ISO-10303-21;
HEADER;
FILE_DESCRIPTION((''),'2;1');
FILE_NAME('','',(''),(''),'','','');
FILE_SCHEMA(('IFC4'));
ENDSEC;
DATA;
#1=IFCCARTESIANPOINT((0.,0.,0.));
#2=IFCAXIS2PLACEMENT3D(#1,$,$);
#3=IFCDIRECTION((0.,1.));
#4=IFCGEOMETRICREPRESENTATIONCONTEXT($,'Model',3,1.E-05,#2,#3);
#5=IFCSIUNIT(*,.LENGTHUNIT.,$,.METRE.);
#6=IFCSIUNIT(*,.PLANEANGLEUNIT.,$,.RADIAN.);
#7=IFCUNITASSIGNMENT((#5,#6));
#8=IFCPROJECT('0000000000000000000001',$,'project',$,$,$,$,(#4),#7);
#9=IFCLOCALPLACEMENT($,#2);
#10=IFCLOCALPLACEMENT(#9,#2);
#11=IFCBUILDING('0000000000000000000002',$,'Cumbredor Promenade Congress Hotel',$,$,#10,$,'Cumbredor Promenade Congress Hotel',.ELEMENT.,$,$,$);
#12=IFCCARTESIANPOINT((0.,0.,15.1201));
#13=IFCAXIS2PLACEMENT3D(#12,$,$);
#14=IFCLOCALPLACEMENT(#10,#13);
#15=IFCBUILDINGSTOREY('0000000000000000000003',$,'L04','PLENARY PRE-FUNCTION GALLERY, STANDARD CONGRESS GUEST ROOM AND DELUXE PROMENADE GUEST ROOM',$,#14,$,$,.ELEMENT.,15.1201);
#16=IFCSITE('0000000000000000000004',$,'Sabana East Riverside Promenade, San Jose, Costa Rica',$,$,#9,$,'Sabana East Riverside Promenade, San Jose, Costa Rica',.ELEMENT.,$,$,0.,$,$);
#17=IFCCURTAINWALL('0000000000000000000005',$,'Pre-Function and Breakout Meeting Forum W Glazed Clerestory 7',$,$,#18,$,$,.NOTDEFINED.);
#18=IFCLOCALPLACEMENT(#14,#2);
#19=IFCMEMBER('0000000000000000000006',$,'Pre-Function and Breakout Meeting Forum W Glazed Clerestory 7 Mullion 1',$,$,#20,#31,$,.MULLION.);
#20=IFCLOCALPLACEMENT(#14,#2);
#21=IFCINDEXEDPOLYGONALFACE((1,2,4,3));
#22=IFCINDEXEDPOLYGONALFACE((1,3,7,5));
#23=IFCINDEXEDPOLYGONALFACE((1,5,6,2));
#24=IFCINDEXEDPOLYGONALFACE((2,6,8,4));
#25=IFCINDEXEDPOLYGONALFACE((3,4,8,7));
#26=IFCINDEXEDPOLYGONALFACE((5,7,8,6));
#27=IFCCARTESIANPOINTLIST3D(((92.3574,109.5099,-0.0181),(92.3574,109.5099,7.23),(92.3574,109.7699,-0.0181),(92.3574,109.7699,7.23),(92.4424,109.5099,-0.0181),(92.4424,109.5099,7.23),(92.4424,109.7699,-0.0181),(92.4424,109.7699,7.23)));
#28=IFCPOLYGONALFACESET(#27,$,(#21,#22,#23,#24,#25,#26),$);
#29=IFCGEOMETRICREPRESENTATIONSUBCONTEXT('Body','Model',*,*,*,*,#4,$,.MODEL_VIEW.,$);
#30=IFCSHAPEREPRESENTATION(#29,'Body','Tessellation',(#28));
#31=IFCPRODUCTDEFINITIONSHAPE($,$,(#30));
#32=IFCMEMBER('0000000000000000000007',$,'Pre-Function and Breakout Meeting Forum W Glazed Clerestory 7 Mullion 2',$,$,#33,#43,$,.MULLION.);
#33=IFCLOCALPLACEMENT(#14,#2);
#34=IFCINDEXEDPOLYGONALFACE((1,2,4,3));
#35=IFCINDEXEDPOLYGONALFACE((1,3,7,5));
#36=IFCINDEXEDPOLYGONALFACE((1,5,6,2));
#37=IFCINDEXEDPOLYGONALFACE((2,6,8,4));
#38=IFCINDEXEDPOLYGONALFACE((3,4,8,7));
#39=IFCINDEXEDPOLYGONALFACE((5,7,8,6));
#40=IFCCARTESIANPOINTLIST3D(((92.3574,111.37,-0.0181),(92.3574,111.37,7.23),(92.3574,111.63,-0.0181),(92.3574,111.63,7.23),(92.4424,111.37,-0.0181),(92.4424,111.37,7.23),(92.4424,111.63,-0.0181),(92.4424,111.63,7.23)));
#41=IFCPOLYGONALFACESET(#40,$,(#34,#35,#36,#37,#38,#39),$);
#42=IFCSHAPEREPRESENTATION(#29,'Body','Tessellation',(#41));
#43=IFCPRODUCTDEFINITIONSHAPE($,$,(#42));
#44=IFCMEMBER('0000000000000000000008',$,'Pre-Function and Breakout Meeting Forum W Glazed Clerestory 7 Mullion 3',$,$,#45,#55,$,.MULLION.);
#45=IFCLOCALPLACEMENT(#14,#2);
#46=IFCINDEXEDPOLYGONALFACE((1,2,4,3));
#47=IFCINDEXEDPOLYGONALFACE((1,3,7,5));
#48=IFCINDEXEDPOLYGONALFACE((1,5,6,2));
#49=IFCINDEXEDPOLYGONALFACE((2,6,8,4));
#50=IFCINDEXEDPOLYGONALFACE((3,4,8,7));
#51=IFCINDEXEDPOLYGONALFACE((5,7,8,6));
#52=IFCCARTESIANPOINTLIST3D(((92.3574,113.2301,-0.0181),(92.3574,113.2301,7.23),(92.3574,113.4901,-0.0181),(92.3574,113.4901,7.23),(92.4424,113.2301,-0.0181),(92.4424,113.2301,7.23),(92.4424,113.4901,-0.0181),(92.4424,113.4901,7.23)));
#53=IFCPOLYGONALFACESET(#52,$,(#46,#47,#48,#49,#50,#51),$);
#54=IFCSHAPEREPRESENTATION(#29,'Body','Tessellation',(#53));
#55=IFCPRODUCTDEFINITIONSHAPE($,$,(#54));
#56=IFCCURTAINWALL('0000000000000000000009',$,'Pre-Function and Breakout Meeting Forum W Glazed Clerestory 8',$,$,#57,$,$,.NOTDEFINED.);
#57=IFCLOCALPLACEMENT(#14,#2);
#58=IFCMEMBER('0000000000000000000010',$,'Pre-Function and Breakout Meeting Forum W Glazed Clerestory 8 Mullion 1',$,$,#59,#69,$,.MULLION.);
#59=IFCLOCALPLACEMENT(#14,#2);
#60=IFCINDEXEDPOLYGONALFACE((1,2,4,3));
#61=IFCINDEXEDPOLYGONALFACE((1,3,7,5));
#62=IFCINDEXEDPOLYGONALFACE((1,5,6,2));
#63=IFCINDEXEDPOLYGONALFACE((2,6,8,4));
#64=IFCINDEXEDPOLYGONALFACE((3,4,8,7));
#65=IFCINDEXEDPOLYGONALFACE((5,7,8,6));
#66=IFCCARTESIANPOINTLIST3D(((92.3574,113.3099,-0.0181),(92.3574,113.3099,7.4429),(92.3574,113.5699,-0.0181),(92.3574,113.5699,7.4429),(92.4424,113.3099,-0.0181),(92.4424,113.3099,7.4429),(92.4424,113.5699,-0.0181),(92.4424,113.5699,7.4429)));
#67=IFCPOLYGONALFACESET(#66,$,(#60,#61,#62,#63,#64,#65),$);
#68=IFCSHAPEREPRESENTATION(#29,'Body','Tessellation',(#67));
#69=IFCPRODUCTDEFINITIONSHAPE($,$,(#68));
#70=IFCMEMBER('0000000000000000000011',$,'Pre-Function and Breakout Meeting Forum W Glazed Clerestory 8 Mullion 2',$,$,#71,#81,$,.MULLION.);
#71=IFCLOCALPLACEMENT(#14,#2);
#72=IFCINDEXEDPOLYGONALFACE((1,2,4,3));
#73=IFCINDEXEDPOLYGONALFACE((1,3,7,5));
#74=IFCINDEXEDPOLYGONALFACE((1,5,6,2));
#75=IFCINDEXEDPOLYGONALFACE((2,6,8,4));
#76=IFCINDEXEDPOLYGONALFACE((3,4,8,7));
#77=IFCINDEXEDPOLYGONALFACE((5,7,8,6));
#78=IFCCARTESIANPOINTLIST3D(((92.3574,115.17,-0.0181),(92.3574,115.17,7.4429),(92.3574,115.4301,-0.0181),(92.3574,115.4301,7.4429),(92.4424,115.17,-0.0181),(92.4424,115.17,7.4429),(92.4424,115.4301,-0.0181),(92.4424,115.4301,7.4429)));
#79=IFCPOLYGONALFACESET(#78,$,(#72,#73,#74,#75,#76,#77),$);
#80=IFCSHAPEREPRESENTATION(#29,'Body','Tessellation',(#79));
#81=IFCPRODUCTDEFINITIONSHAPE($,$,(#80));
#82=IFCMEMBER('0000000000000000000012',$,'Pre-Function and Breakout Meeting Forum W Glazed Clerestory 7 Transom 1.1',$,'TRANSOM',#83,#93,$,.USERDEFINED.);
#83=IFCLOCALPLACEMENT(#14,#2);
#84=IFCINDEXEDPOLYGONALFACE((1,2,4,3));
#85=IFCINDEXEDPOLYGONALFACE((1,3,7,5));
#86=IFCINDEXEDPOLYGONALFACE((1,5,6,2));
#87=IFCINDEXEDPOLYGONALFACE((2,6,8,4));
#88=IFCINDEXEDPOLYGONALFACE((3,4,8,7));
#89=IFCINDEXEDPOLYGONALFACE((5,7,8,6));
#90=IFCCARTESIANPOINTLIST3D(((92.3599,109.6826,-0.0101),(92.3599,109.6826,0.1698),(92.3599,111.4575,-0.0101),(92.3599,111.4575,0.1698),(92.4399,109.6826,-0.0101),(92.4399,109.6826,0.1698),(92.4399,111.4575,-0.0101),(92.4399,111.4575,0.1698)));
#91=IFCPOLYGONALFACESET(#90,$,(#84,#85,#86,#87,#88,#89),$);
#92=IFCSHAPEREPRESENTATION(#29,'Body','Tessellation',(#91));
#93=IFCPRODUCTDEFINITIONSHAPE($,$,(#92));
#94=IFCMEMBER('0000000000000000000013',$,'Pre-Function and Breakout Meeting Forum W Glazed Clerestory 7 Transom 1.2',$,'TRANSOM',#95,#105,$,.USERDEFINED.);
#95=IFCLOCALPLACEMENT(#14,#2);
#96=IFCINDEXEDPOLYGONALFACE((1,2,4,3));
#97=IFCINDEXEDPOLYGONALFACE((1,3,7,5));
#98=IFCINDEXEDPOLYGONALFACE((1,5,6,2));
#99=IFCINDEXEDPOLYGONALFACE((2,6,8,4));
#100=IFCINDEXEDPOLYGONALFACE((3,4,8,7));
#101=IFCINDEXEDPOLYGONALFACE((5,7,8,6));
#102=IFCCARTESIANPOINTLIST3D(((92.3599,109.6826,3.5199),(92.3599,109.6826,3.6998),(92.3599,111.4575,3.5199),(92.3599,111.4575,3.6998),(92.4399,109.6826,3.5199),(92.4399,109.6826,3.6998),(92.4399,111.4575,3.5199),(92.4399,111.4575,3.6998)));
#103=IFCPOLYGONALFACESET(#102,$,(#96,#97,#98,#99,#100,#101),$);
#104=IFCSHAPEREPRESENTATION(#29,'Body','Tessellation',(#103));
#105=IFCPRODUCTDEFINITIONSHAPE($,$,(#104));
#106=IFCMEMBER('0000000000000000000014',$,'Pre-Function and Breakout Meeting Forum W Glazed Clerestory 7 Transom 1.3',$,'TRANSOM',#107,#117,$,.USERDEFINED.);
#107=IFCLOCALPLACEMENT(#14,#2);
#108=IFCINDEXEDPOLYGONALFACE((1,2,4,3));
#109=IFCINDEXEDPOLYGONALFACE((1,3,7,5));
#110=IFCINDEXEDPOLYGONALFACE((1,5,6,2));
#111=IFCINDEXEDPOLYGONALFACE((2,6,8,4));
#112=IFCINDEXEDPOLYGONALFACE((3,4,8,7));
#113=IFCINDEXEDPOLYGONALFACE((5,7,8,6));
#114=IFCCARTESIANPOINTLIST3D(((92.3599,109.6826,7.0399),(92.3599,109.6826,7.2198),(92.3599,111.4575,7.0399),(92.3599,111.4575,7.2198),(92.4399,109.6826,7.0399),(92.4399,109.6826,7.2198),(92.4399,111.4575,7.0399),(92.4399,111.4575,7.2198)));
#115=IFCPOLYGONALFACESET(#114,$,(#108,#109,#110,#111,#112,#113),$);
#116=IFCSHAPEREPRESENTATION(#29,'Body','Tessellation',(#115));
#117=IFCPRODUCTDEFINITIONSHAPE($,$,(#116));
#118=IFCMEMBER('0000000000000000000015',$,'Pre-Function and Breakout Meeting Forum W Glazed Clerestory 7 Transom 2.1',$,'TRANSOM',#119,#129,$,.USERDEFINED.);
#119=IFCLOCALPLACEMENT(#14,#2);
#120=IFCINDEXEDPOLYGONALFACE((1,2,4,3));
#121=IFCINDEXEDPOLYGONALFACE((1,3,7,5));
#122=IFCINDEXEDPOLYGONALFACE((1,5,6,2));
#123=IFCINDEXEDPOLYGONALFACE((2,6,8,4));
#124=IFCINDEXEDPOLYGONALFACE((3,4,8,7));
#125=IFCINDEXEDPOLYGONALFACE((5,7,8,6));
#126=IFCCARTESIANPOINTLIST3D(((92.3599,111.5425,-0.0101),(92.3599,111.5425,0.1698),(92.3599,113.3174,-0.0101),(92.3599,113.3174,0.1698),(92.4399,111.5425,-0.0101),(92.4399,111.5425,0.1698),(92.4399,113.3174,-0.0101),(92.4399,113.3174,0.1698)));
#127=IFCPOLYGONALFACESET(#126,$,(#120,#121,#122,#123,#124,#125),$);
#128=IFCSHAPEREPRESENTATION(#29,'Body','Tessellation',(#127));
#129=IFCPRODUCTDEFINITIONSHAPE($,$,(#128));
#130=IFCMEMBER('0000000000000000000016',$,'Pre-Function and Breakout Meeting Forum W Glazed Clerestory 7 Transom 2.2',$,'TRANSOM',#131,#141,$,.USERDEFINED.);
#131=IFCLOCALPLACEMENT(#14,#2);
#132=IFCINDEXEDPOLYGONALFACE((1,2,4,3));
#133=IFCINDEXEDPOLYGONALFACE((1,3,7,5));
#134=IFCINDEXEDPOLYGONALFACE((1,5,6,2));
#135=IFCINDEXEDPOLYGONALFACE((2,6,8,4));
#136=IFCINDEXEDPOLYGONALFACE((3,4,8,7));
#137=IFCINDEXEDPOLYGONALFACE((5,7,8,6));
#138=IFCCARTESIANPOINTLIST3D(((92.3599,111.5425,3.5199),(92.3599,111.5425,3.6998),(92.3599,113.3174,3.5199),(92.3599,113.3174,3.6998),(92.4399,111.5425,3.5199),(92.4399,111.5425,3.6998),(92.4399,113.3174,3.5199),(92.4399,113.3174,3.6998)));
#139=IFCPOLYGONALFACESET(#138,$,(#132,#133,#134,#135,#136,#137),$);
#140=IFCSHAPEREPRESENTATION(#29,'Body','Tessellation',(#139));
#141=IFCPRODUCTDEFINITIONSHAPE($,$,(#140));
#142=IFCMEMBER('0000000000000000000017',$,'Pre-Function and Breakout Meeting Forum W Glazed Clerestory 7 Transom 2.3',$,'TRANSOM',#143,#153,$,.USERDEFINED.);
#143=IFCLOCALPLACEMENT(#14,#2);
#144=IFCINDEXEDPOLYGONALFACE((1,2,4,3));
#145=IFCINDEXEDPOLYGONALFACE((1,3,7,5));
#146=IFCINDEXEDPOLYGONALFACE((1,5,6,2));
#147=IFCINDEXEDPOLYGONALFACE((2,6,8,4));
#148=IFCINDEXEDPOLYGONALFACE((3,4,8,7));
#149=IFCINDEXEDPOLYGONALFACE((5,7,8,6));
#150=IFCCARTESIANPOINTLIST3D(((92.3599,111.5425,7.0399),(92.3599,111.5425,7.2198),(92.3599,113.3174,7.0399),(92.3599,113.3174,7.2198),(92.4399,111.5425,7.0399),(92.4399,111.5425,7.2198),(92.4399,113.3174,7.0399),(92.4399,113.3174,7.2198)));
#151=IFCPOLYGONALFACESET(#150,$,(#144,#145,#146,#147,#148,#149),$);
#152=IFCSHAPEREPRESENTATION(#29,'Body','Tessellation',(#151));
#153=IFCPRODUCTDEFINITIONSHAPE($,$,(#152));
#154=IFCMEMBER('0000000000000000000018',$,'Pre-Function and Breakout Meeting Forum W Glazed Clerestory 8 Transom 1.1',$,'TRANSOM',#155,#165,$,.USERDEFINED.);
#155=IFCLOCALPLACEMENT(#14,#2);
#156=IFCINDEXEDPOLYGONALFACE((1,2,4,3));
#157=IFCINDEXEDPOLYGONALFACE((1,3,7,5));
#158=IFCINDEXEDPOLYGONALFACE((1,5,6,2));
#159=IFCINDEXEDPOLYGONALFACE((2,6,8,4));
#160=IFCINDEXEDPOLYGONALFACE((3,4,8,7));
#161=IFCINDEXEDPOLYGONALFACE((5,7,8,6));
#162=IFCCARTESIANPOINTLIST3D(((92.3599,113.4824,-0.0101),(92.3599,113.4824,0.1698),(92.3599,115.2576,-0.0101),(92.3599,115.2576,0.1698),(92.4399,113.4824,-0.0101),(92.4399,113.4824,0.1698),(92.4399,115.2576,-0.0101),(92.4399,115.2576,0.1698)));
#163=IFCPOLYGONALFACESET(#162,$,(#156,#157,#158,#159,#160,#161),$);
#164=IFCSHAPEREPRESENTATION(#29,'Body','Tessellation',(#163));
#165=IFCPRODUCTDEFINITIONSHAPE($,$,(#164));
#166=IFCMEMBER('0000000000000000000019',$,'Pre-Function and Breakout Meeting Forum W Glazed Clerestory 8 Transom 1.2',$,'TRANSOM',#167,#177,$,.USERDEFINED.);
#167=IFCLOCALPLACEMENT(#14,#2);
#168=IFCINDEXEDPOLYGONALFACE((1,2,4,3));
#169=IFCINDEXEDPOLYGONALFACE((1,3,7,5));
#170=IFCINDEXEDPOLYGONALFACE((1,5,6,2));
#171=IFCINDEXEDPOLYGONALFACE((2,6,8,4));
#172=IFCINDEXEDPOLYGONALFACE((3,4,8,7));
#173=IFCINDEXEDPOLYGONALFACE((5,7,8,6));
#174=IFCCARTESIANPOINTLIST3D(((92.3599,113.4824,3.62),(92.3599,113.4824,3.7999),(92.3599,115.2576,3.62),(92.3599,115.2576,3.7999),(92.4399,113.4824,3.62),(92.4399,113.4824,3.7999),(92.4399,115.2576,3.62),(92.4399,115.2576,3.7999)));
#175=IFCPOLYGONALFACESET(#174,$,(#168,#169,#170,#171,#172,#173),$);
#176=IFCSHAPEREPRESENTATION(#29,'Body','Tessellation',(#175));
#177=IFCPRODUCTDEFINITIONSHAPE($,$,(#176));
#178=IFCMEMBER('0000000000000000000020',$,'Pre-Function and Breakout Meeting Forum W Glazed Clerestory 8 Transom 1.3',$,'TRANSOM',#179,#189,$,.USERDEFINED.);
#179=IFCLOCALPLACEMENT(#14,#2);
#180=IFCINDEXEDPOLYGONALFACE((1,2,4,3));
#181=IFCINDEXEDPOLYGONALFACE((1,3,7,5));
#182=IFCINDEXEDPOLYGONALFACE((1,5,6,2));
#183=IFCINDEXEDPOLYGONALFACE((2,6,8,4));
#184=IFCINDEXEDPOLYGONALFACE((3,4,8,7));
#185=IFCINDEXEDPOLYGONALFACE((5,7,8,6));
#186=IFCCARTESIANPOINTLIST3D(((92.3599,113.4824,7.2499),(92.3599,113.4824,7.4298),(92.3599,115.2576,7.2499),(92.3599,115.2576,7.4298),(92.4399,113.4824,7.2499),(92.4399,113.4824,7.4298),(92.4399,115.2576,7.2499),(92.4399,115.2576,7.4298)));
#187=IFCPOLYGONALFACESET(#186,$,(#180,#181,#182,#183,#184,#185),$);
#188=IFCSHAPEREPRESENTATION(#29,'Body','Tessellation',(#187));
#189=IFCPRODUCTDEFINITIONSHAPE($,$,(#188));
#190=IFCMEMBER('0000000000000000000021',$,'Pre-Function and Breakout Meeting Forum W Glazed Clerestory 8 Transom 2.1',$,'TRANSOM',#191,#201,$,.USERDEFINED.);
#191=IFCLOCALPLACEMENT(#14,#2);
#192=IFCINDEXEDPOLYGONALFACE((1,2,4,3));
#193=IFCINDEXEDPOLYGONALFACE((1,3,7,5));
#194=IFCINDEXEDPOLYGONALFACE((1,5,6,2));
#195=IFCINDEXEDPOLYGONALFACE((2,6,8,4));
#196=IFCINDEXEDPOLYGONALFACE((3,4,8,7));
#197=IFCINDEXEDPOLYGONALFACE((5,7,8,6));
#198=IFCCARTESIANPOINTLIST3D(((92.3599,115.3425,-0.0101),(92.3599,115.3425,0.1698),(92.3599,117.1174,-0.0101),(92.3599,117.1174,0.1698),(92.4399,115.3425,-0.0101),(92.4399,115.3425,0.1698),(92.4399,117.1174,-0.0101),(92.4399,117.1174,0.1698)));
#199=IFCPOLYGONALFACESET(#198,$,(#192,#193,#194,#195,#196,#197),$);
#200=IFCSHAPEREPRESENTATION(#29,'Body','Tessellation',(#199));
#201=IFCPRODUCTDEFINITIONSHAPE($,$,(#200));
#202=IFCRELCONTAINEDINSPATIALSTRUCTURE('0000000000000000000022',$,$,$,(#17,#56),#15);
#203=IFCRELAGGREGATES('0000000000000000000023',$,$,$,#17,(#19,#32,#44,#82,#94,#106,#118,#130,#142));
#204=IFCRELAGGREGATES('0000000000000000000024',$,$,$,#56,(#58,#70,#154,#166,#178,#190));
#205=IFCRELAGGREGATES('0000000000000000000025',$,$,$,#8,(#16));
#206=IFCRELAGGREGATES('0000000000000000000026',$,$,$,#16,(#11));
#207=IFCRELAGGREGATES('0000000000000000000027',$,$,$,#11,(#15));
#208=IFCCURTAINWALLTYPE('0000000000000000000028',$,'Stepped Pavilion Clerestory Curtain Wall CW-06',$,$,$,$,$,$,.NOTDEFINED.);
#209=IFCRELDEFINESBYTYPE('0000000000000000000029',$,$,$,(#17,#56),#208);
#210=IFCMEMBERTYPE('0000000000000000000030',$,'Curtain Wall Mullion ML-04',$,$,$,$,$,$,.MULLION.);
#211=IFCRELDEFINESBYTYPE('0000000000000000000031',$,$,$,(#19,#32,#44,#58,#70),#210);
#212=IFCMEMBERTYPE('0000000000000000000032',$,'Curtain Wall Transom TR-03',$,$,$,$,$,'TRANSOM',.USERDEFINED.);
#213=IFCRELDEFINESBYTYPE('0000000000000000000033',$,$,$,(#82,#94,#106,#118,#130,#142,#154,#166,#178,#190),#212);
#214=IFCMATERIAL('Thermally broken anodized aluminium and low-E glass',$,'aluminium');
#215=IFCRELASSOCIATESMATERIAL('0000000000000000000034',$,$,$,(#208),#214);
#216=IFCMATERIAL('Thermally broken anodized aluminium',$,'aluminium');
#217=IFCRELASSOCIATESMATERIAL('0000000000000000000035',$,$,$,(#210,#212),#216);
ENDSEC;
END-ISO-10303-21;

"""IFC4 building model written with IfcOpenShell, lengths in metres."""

from ifc_helpers import new_model, si_unit, direction, frame, origin, origin_2d, place, context, subcontext, project, spatial, rectangle, extrude, material, material_profile, profile_set, type_object, element, aggregate, save


model = new_model("IFC4")

# Units and contexts
model_context = context("Model", 3, precision=1e-05, world=origin(), true_north=direction((0.0, 1.0)))
body_context = subcontext(model_context, "Body", "Model", "MODEL_VIEW")
ifc_project = project(units=[si_unit("LENGTHUNIT", "METRE"), si_unit("PLANEANGLEUNIT", "RADIAN")], contexts=[model_context])

# Site, building, storey
site_placement = place(None, origin())
site = spatial("IfcSite", under=ifc_project, at=site_placement, Name="Sabana East Riverside Promenade, San Jose, Costa Rica", LongName="Sabana East Riverside Promenade, San Jose, Costa Rica", CompositionType="ELEMENT", RefElevation=0.0)
building_placement = place(site_placement, origin())
building = spatial("IfcBuilding", under=site, at=building_placement, Name="Cumbredor Promenade Congress Hotel", LongName="Cumbredor Promenade Congress Hotel", CompositionType="ELEMENT")
storey_placement = place(building_placement, frame((0.0, 0.0, 15.1201)))
storey = spatial("IfcBuildingStorey", under=building, at=storey_placement, Name="L04", Description="PLENARY PRE-FUNCTION GALLERY, STANDARD CONGRESS GUEST ROOM AND DELUXE PROMENADE GUEST ROOM", CompositionType="ELEMENT", Elevation=15.1201)

# Curtain walls, members
ifc_material_1 = material(Name="Thermally broken anodized aluminium and low-E glass", Category="aluminium")
curtain_wall_type = type_object("IfcCurtainWallType", Name="Stepped Pavilion Clerestory Curtain Wall CW-06", PredefinedType="NOTDEFINED", material=ifc_material_1)
curtain_wall_1_placement = place(storey_placement, origin())
curtain_wall_1 = element("IfcCurtainWall", 1, at=curtain_wall_1_placement, inside=storey, type_object=curtain_wall_type, Name="Pre-Function and Breakout Meeting Forum W Glazed Clerestory 7", PredefinedType="NOTDEFINED")
ifc_material_2 = material(Name="Thermally broken anodized aluminium", Category="aluminium")
ifc_material_profile_1 = material_profile(ifc_material_2, rectangle(XDim=0.085, YDim=0.26, at=origin_2d()), Name="ALU MULLION CLERESTORY 85x260")
ifc_profile_set_1 = profile_set([ifc_material_profile_1], Name="Thermally broken anodized aluminium")
member_type_1 = type_object("IfcMemberType", Name="Curtain Wall Mullion ML-04", PredefinedType="MULLION", material=ifc_profile_set_1)
member_1_placement = place(storey_placement, frame((92.3999, 109.6399, -0.0181), z_axis=(0.0, 0.0, 1.0), x_axis=(1.0, 0.0, 0.0)))
member_1 = element("IfcMember", 2, at=member_1_placement, type_object=member_type_1, Name="Pre-Function and Breakout Meeting Forum W Glazed Clerestory 7 Mullion 1", PredefinedType="MULLION", context=body_context, shape_type="SweptSolid", body=[
    extrude(rectangle(XDim=0.085, YDim=0.26, at=origin_2d()), origin(), (0.0, 0.0, 1.0), 7.248),
])
member_2_placement = place(storey_placement, frame((92.3999, 111.5, -0.0181), z_axis=(0.0, 0.0, 1.0), x_axis=(1.0, 0.0, 0.0)))
member_2 = element("IfcMember", 3, at=member_2_placement, type_object=member_type_1, Name="Pre-Function and Breakout Meeting Forum W Glazed Clerestory 7 Mullion 2", PredefinedType="MULLION", context=body_context, shape_type="SweptSolid", body=[
    extrude(rectangle(XDim=0.085, YDim=0.26, at=origin_2d()), origin(), (0.0, 0.0, 1.0), 7.248),
])
member_3_placement = place(storey_placement, frame((92.3999, 113.3601, -0.0181), z_axis=(0.0, 0.0, 1.0), x_axis=(1.0, 0.0, 0.0)))
member_3 = element("IfcMember", 4, at=member_3_placement, type_object=member_type_1, Name="Pre-Function and Breakout Meeting Forum W Glazed Clerestory 7 Mullion 3", PredefinedType="MULLION", context=body_context, shape_type="SweptSolid", body=[
    extrude(rectangle(XDim=0.085, YDim=0.26, at=origin_2d()), origin(), (0.0, 0.0, 1.0), 7.248),
])
curtain_wall_2_placement = place(storey_placement, origin())
curtain_wall_2 = element("IfcCurtainWall", 5, at=curtain_wall_2_placement, inside=storey, type_object=curtain_wall_type, Name="Pre-Function and Breakout Meeting Forum W Glazed Clerestory 8", PredefinedType="NOTDEFINED")
member_4_placement = place(storey_placement, frame((92.3999, 113.4399, -0.0181), z_axis=(0.0, 0.0, 1.0), x_axis=(1.0, 0.0, 0.0)))
member_4 = element("IfcMember", 6, at=member_4_placement, type_object=member_type_1, Name="Pre-Function and Breakout Meeting Forum W Glazed Clerestory 8 Mullion 1", PredefinedType="MULLION", context=body_context, shape_type="SweptSolid", body=[
    extrude(rectangle(XDim=0.085, YDim=0.26, at=origin_2d()), origin(), (0.0, 0.0, 1.0), 7.4609),
])
member_5_placement = place(storey_placement, frame((92.3999, 115.3, -0.0181), z_axis=(0.0, 0.0, 1.0), x_axis=(1.0, 0.0, 0.0)))
member_5 = element("IfcMember", 7, at=member_5_placement, type_object=member_type_1, Name="Pre-Function and Breakout Meeting Forum W Glazed Clerestory 8 Mullion 2", PredefinedType="MULLION", context=body_context, shape_type="SweptSolid", body=[
    extrude(rectangle(XDim=0.085, YDim=0.26, at=origin_2d()), origin(), (0.0, 0.0, 1.0), 7.4609),
])

# Members
ifc_material_profile_2 = material_profile(ifc_material_2, rectangle(XDim=0.0801, YDim=0.1799, at=origin_2d()), Name="ALU TRANSOM 80x180")
ifc_profile_set_2 = profile_set([ifc_material_profile_2], Name="Thermally broken anodized aluminium")
member_type_2 = type_object("IfcMemberType", Name="Curtain Wall Transom TR-03", ElementType="TRANSOM", PredefinedType="USERDEFINED", material=ifc_profile_set_2)
member_6_placement = place(storey_placement, frame((92.3999, 109.6826, 0.0798), z_axis=(0.0, 1.0, 0.0), x_axis=(-1.0, 0.0, 0.0)))
member_6 = element("IfcMember", 8, at=member_6_placement, type_object=member_type_2, Name="Pre-Function and Breakout Meeting Forum W Glazed Clerestory 7 Transom 1.1", ObjectType="TRANSOM", PredefinedType="USERDEFINED", context=body_context, shape_type="SweptSolid", body=[
    extrude(rectangle(XDim=0.0801, YDim=0.1799, at=origin_2d()), origin(), (0.0, 0.0, 1.0), 1.7749),
])
member_7_placement = place(storey_placement, frame((92.3999, 109.6826, 3.6099), z_axis=(0.0, 1.0, 0.0), x_axis=(-1.0, 0.0, 0.0)))
member_7 = element("IfcMember", 9, at=member_7_placement, type_object=member_type_2, Name="Pre-Function and Breakout Meeting Forum W Glazed Clerestory 7 Transom 1.2", ObjectType="TRANSOM", PredefinedType="USERDEFINED", context=body_context, shape_type="SweptSolid", body=[
    extrude(rectangle(XDim=0.0801, YDim=0.1799, at=origin_2d()), origin(), (0.0, 0.0, 1.0), 1.7749),
])
member_8_placement = place(storey_placement, frame((92.3999, 109.6826, 7.1299), z_axis=(0.0, 1.0, 0.0), x_axis=(-1.0, 0.0, 0.0)))
member_8 = element("IfcMember", 10, at=member_8_placement, type_object=member_type_2, Name="Pre-Function and Breakout Meeting Forum W Glazed Clerestory 7 Transom 1.3", ObjectType="TRANSOM", PredefinedType="USERDEFINED", context=body_context, shape_type="SweptSolid", body=[
    extrude(rectangle(XDim=0.0801, YDim=0.1799, at=origin_2d()), origin(), (0.0, 0.0, 1.0), 1.7749),
])
member_9_placement = place(storey_placement, frame((92.3999, 111.5425, 0.0798), z_axis=(0.0, 1.0, 0.0), x_axis=(-1.0, 0.0, 0.0)))
member_9 = element("IfcMember", 11, at=member_9_placement, type_object=member_type_2, Name="Pre-Function and Breakout Meeting Forum W Glazed Clerestory 7 Transom 2.1", ObjectType="TRANSOM", PredefinedType="USERDEFINED", context=body_context, shape_type="SweptSolid", body=[
    extrude(rectangle(XDim=0.0801, YDim=0.1799, at=origin_2d()), origin(), (0.0, 0.0, 1.0), 1.7749),
])
member_10_placement = place(storey_placement, frame((92.3999, 111.5425, 3.6099), z_axis=(0.0, 1.0, 0.0), x_axis=(-1.0, 0.0, 0.0)))
member_10 = element("IfcMember", 12, at=member_10_placement, type_object=member_type_2, Name="Pre-Function and Breakout Meeting Forum W Glazed Clerestory 7 Transom 2.2", ObjectType="TRANSOM", PredefinedType="USERDEFINED", context=body_context, shape_type="SweptSolid", body=[
    extrude(rectangle(XDim=0.0801, YDim=0.1799, at=origin_2d()), origin(), (0.0, 0.0, 1.0), 1.7749),
])
member_11_placement = place(storey_placement, frame((92.3999, 111.5425, 7.1299), z_axis=(0.0, 1.0, 0.0), x_axis=(-1.0, 0.0, 0.0)))
member_11 = element("IfcMember", 13, at=member_11_placement, type_object=member_type_2, Name="Pre-Function and Breakout Meeting Forum W Glazed Clerestory 7 Transom 2.3", ObjectType="TRANSOM", PredefinedType="USERDEFINED", context=body_context, shape_type="SweptSolid", body=[
    extrude(rectangle(XDim=0.0801, YDim=0.1799, at=origin_2d()), origin(), (0.0, 0.0, 1.0), 1.7749),
])
member_12_placement = place(storey_placement, frame((92.3999, 113.4824, 0.0798), z_axis=(0.0, 1.0, 0.0), x_axis=(-1.0, 0.0, 0.0)))
member_12 = element("IfcMember", 14, at=member_12_placement, type_object=member_type_2, Name="Pre-Function and Breakout Meeting Forum W Glazed Clerestory 8 Transom 1.1", ObjectType="TRANSOM", PredefinedType="USERDEFINED", context=body_context, shape_type="SweptSolid", body=[
    extrude(rectangle(XDim=0.0801, YDim=0.1799, at=origin_2d()), origin(), (0.0, 0.0, 1.0), 1.7751),
])
member_13_placement = place(storey_placement, frame((92.3999, 113.4824, 3.71), z_axis=(0.0, 1.0, 0.0), x_axis=(-1.0, 0.0, 0.0)))
member_13 = element("IfcMember", 15, at=member_13_placement, type_object=member_type_2, Name="Pre-Function and Breakout Meeting Forum W Glazed Clerestory 8 Transom 1.2", ObjectType="TRANSOM", PredefinedType="USERDEFINED", context=body_context, shape_type="SweptSolid", body=[
    extrude(rectangle(XDim=0.0801, YDim=0.1799, at=origin_2d()), origin(), (0.0, 0.0, 1.0), 1.7751),
])
member_14_placement = place(storey_placement, frame((92.3999, 113.4824, 7.3398), z_axis=(0.0, 1.0, 0.0), x_axis=(-1.0, 0.0, 0.0)))
member_14 = element("IfcMember", 16, at=member_14_placement, type_object=member_type_2, Name="Pre-Function and Breakout Meeting Forum W Glazed Clerestory 8 Transom 1.3", ObjectType="TRANSOM", PredefinedType="USERDEFINED", context=body_context, shape_type="SweptSolid", body=[
    extrude(rectangle(XDim=0.0801, YDim=0.1799, at=origin_2d()), origin(), (0.0, 0.0, 1.0), 1.7751),
])
member_15_placement = place(storey_placement, frame((92.3999, 115.3425, 0.0798), z_axis=(0.0, 1.0, 0.0), x_axis=(-1.0, 0.0, 0.0)))
member_15 = element("IfcMember", 17, at=member_15_placement, type_object=member_type_2, Name="Pre-Function and Breakout Meeting Forum W Glazed Clerestory 8 Transom 2.1", ObjectType="TRANSOM", PredefinedType="USERDEFINED", context=body_context, shape_type="SweptSolid", body=[
    extrude(rectangle(XDim=0.0801, YDim=0.1799, at=origin_2d()), origin(), (0.0, 0.0, 1.0), 1.7749),
])

aggregate(curtain_wall_1, [member_1, member_2, member_3, member_6, member_7, member_8, member_9, member_10, member_11])
aggregate(curtain_wall_2, [member_4, member_5, member_12, member_13, member_14, member_15])

save(model, "model.ifc")
